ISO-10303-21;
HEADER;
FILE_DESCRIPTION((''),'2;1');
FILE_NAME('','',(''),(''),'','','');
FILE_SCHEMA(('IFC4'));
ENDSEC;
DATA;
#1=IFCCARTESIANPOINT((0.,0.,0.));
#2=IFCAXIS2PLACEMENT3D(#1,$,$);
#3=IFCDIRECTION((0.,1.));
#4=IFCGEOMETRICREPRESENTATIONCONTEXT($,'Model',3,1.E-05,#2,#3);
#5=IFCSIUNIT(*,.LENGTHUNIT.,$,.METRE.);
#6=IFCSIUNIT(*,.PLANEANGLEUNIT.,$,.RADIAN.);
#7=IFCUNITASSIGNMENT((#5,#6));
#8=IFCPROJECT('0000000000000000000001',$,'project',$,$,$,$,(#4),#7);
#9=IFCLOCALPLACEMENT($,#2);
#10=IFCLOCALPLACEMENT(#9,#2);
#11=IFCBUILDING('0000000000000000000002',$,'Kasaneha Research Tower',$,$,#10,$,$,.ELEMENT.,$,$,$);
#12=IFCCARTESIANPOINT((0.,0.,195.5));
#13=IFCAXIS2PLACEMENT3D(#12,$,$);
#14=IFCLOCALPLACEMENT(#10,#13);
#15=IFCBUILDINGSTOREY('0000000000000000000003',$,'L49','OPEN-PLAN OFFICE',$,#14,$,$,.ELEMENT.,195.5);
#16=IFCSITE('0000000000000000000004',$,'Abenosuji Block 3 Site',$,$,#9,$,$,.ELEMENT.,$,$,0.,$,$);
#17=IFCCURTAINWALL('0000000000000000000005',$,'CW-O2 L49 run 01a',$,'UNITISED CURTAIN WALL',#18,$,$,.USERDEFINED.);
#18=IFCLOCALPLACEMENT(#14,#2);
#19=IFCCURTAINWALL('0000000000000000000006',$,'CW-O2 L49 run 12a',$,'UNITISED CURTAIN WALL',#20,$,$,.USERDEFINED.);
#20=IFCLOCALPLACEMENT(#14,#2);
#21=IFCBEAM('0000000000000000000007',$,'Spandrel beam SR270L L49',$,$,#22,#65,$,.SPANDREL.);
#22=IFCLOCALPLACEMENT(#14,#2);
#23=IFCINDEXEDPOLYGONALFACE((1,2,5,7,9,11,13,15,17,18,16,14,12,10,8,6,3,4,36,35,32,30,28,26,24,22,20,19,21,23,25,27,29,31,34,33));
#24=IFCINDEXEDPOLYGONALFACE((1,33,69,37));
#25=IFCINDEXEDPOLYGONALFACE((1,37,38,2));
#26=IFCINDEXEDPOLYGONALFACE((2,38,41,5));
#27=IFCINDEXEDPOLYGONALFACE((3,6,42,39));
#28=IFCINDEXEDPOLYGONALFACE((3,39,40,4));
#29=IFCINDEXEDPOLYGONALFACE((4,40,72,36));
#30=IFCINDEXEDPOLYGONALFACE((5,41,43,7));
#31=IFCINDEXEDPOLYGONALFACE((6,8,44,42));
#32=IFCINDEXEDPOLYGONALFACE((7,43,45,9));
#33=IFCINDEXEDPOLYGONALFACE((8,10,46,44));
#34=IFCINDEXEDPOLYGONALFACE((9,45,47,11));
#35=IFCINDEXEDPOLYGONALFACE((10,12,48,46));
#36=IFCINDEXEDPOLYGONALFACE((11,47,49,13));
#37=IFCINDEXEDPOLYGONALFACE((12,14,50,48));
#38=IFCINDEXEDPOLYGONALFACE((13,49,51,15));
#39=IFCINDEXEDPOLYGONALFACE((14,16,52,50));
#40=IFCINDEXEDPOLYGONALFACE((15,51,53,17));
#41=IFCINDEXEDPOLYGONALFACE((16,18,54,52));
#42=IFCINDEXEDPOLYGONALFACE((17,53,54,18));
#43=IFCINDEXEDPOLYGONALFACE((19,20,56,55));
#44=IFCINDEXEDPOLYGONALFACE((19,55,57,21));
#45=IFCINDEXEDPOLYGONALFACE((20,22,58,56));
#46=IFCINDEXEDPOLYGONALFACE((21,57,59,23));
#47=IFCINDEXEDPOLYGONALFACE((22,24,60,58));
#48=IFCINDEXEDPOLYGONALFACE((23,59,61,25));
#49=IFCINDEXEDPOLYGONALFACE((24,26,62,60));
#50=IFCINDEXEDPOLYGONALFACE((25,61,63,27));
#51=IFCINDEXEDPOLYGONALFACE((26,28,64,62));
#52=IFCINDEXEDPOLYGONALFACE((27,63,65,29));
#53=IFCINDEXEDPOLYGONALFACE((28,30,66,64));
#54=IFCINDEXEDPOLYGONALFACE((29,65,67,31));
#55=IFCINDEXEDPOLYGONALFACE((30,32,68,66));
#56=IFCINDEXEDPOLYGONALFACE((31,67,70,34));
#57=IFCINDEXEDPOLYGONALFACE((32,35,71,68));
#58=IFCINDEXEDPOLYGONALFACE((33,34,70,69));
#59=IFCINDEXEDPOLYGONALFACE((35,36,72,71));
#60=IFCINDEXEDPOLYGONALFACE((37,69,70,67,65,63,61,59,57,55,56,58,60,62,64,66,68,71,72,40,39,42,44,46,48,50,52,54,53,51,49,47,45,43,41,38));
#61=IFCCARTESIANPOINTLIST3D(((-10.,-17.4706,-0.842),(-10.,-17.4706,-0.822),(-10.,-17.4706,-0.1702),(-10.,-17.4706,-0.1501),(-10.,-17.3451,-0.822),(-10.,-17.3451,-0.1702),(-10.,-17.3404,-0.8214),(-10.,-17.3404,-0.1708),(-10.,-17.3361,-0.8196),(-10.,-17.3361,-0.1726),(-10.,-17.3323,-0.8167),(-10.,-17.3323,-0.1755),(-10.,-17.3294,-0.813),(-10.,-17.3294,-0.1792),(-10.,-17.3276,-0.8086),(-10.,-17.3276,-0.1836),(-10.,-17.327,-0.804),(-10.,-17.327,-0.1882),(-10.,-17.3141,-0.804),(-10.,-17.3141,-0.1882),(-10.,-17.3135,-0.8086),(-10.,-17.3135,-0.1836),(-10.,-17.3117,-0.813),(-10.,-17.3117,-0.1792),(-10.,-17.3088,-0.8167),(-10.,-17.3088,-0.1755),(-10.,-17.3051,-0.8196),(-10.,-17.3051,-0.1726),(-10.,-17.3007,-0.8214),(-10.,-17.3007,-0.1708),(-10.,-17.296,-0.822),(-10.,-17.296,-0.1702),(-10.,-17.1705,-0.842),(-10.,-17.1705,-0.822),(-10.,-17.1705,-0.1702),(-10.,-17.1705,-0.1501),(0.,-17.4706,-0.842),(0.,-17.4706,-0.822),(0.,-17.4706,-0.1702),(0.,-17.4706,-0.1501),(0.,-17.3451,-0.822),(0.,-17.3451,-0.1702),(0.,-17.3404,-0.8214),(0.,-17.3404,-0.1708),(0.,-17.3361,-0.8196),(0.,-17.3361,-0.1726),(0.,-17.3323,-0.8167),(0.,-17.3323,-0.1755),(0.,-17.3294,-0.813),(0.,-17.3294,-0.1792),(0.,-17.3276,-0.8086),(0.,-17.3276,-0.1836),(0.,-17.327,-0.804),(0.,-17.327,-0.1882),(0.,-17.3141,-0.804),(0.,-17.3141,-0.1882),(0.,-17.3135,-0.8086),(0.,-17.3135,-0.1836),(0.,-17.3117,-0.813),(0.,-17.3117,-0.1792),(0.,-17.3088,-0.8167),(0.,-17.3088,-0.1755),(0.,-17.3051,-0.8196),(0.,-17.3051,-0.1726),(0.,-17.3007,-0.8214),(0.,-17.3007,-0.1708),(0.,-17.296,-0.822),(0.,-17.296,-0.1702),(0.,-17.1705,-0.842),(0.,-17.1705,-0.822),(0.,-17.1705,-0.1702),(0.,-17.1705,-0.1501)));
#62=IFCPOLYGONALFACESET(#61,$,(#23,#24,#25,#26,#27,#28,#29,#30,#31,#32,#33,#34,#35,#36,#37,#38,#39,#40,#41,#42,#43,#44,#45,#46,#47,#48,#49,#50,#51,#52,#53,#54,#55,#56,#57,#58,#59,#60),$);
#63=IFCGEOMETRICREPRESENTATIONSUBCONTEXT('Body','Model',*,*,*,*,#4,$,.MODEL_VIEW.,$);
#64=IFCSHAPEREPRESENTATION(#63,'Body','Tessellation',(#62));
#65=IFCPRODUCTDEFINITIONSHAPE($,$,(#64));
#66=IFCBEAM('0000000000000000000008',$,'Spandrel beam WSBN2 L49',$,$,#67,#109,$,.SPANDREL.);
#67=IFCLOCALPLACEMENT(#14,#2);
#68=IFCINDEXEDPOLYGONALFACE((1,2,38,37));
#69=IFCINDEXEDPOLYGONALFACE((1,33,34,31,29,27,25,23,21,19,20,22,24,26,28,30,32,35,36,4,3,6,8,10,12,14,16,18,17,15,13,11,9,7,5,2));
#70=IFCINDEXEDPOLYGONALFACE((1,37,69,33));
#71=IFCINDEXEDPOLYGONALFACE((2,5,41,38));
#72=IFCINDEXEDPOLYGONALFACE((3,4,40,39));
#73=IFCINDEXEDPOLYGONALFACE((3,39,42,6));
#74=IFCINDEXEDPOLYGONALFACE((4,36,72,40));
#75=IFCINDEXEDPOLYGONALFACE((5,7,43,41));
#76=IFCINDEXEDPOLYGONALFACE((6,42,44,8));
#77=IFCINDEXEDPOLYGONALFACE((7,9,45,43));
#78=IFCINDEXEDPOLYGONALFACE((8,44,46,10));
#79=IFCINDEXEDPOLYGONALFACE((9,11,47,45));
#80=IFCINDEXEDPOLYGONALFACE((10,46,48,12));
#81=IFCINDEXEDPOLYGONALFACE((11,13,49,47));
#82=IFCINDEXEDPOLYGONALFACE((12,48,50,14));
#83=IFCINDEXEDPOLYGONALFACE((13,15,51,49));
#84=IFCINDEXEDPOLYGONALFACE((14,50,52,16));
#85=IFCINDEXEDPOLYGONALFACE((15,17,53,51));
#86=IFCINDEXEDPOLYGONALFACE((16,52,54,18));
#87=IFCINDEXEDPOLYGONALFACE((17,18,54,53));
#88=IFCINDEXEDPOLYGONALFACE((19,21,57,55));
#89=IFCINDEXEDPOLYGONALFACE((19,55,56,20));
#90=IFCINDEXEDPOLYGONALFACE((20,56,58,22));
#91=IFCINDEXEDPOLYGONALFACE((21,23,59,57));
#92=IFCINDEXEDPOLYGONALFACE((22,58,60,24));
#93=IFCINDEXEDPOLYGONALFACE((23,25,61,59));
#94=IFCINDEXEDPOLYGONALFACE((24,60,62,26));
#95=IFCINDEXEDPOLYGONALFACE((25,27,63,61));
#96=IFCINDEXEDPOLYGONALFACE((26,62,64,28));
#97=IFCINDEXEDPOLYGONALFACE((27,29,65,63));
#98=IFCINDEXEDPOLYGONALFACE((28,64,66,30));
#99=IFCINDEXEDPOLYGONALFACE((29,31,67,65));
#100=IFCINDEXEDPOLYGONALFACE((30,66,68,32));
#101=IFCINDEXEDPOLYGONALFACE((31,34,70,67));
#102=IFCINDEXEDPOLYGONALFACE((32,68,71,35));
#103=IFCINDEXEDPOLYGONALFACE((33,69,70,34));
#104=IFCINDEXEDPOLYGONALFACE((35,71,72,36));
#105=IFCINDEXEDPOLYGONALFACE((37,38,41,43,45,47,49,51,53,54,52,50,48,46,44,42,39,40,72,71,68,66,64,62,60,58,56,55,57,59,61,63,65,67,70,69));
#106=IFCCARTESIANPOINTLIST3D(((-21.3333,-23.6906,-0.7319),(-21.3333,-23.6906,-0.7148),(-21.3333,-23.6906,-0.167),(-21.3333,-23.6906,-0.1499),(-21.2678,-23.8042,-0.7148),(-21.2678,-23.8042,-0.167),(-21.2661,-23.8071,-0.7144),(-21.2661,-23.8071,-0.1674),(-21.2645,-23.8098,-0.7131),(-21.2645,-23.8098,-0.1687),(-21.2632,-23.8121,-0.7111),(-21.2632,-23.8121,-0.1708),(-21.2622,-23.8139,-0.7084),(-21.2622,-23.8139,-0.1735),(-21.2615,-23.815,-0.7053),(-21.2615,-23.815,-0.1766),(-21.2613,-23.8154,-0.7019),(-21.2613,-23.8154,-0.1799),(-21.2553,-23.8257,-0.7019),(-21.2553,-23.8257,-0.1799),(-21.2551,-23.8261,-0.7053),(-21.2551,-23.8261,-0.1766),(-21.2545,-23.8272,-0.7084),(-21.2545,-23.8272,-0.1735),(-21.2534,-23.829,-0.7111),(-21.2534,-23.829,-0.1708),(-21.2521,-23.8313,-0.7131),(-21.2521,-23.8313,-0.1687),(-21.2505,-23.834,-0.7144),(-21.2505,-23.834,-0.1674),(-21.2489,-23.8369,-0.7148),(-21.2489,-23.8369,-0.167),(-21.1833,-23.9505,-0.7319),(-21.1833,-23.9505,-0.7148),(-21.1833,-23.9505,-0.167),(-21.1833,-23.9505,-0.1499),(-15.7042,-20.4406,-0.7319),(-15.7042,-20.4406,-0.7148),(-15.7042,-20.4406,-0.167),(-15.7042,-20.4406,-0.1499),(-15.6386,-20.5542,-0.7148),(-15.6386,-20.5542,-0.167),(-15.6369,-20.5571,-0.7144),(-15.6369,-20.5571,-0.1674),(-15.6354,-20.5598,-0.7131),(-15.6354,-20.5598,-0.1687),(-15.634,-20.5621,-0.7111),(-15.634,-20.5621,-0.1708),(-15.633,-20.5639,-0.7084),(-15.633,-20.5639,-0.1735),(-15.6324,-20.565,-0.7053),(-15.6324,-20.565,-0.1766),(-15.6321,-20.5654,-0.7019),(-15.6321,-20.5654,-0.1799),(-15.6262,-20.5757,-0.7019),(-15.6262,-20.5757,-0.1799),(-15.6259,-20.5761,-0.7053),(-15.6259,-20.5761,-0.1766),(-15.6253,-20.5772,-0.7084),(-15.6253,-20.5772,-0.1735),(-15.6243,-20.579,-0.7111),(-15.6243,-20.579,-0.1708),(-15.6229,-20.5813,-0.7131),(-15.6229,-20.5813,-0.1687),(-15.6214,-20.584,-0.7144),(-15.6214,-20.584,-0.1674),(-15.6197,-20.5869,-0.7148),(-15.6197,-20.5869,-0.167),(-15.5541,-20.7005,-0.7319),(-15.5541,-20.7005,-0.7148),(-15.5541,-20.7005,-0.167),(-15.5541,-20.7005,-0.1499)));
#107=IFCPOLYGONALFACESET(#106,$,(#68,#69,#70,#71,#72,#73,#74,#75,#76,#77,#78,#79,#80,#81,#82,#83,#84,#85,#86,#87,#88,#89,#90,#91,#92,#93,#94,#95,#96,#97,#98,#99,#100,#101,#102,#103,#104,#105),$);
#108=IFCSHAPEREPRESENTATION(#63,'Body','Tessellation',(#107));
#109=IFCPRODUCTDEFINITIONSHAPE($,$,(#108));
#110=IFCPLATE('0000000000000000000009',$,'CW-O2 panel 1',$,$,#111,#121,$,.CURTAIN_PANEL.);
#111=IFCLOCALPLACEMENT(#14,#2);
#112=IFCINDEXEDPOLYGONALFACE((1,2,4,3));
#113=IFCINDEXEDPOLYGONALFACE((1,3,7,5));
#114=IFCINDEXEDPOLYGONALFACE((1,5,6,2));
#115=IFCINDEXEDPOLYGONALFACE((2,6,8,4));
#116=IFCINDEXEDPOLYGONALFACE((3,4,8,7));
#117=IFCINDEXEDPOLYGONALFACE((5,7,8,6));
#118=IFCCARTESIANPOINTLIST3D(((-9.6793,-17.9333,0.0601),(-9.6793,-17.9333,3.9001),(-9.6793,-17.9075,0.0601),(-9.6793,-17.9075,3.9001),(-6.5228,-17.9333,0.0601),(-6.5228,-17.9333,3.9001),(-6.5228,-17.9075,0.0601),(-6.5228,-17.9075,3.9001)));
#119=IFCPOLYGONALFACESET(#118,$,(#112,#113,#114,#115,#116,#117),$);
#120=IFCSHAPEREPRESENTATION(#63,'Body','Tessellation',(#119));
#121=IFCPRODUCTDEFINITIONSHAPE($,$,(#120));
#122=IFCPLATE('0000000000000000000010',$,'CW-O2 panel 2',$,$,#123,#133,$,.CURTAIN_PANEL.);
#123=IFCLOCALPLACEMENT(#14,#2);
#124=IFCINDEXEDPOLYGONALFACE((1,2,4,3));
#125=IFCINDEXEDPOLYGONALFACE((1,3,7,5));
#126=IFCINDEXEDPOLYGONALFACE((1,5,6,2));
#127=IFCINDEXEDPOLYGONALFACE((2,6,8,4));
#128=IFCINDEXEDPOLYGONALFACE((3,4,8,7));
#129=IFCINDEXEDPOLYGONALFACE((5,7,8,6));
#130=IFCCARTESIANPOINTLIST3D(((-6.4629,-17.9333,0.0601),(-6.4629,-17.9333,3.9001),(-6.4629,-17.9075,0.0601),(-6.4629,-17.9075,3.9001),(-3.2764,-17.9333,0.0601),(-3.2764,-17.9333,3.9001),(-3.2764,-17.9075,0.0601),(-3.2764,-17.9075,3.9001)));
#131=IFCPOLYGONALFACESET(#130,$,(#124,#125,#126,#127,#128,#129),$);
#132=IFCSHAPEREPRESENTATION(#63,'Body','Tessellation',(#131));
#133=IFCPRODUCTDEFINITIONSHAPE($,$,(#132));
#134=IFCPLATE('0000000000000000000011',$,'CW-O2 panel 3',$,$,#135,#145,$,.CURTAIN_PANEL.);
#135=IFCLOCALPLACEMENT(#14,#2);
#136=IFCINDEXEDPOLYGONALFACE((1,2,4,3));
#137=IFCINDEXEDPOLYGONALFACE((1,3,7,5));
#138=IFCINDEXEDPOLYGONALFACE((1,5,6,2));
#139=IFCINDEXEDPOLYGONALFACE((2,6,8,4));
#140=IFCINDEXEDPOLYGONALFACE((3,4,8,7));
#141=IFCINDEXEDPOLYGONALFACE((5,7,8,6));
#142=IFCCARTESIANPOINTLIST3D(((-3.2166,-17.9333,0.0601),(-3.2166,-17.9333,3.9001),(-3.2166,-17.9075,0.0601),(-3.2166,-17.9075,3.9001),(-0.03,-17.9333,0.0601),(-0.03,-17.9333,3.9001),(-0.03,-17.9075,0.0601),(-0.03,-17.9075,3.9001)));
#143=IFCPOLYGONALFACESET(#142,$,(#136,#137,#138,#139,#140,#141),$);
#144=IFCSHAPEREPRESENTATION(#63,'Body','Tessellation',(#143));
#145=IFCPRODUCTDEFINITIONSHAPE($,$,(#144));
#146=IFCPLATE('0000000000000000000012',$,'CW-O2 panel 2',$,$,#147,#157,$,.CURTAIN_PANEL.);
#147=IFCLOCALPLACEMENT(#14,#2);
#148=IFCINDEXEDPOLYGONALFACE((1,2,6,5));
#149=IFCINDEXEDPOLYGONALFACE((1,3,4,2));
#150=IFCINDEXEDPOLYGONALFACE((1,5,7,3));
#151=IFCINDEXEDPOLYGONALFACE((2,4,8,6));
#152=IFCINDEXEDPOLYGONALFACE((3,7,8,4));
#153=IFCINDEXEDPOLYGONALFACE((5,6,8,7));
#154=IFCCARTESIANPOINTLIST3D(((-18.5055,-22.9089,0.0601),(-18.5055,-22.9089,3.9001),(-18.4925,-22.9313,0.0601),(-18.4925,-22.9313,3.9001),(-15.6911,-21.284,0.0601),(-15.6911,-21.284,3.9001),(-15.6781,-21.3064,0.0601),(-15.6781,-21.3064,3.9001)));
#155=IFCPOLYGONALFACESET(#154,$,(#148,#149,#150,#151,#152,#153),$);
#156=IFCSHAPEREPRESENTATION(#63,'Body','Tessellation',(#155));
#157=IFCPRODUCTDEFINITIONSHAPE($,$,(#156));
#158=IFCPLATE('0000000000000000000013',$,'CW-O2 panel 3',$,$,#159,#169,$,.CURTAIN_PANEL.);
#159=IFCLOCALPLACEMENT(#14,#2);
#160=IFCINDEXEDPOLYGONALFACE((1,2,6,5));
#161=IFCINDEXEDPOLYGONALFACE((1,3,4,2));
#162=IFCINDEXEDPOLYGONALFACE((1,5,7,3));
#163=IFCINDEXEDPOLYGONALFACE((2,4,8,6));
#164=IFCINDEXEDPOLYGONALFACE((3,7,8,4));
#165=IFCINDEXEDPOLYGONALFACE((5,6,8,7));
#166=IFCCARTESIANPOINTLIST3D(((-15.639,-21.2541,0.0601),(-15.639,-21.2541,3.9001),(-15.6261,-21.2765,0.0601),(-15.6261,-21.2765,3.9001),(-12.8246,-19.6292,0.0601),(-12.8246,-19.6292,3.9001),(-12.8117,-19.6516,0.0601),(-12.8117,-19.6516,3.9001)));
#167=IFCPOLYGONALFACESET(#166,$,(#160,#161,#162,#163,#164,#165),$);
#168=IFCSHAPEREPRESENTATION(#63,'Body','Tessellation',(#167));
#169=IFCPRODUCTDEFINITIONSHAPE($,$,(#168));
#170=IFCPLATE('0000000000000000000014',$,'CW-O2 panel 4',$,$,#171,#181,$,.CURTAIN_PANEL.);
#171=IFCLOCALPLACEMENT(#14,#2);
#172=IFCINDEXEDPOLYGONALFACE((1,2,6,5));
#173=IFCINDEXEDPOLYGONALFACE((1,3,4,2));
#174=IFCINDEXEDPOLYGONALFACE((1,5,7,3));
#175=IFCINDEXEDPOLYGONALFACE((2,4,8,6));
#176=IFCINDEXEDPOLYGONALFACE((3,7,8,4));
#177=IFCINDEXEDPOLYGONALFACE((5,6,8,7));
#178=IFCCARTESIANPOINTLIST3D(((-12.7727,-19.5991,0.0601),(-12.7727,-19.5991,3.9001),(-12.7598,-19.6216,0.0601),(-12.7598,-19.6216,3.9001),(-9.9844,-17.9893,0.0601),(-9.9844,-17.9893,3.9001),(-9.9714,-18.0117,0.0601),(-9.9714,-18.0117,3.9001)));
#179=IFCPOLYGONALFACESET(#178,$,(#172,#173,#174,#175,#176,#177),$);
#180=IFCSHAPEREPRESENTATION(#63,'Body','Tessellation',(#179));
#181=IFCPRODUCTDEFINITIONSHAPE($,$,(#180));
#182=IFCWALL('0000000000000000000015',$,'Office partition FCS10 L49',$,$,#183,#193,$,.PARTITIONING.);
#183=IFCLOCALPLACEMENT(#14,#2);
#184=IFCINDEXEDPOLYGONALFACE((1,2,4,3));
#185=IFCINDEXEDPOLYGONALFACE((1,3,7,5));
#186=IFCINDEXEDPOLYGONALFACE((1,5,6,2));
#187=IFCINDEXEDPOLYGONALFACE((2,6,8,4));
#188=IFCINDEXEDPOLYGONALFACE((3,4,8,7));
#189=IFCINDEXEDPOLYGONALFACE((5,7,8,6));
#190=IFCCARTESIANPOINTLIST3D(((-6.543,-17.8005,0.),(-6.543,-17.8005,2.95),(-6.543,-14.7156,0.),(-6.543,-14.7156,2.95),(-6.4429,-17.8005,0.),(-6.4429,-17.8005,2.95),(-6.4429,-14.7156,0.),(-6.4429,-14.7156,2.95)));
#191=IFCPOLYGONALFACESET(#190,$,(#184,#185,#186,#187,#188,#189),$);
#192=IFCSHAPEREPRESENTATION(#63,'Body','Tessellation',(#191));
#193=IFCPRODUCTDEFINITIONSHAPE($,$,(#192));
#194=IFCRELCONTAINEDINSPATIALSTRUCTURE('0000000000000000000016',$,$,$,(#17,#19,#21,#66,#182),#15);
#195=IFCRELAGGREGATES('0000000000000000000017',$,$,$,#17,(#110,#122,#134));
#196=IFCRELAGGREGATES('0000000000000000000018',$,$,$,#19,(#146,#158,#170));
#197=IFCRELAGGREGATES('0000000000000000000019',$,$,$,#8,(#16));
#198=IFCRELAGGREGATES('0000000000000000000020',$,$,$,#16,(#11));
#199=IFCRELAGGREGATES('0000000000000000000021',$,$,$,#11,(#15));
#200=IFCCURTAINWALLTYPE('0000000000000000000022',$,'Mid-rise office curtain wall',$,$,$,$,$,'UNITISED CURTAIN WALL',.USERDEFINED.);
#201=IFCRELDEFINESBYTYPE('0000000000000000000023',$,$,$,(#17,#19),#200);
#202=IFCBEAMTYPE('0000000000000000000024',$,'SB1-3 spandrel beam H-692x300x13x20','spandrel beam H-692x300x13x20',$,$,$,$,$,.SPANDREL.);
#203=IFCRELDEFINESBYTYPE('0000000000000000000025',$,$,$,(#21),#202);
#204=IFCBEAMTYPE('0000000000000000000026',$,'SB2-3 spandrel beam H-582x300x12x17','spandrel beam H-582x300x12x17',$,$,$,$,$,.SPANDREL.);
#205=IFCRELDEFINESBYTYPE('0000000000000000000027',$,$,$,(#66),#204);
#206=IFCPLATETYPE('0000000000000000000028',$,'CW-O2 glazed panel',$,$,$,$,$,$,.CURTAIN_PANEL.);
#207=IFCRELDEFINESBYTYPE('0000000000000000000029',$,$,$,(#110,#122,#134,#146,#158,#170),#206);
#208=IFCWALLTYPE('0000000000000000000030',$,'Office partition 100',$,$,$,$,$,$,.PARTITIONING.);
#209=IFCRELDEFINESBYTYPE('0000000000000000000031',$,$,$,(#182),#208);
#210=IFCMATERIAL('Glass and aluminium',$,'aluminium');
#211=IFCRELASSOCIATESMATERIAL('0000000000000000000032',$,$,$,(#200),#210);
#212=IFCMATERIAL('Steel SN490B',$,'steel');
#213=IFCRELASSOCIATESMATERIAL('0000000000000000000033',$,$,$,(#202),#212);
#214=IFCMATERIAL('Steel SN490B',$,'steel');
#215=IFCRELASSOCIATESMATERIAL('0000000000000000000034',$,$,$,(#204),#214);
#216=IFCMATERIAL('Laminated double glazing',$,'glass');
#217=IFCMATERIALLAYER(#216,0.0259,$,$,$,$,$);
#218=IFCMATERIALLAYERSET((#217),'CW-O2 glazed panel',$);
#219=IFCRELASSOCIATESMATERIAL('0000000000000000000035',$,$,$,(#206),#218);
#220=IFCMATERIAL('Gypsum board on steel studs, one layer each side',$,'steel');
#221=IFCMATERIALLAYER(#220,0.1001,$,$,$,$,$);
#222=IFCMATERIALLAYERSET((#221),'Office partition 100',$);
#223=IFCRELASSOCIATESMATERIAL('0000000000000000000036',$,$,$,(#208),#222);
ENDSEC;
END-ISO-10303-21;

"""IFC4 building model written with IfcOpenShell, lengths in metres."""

from ifc_helpers import new_model, si_unit, direction, frame, frame_2d, origin, origin_2d, place, context, subcontext, project, spatial, rectangle, i_section, extrude, material, layer, layer_set, material_profile, profile_set, type_object, element, aggregate, save


model = new_model("IFC4")

# Units and contexts
model_context = context("Model", 3, precision=1e-05, world=origin(), true_north=direction((0.0, 1.0)))
body_context = subcontext(model_context, "Body", "Model", "MODEL_VIEW")
ifc_project = project(units=[si_unit("LENGTHUNIT", "METRE"), si_unit("PLANEANGLEUNIT", "RADIAN")], contexts=[model_context])

# Site, building, storey
site_placement = place(None, origin())
site = spatial("IfcSite", under=ifc_project, at=site_placement, Name="Abenosuji Block 3 Site", CompositionType="ELEMENT", RefElevation=0.0)
building_placement = place(site_placement, origin())
building = spatial("IfcBuilding", under=site, at=building_placement, Name="Kasaneha Research Tower", CompositionType="ELEMENT")
storey_placement = place(building_placement, frame((0.0, 0.0, 195.5)))
storey = spatial("IfcBuildingStorey", under=building, at=storey_placement, Name="L49", Description="OPEN-PLAN OFFICE", CompositionType="ELEMENT", Elevation=195.5)

# Curtain walls
ifc_material_1 = material(Name="Glass and aluminium", Category="aluminium")
curtain_wall_type = type_object("IfcCurtainWallType", Name="Mid-rise office curtain wall", ElementType="UNITISED CURTAIN WALL", PredefinedType="USERDEFINED", material=ifc_material_1)
curtain_wall_1_placement = place(storey_placement, origin())
curtain_wall_1 = element("IfcCurtainWall", 1, at=curtain_wall_1_placement, inside=storey, type_object=curtain_wall_type, Name="CW-O2 L49 run 01a", ObjectType="UNITISED CURTAIN WALL", PredefinedType="USERDEFINED")
curtain_wall_2_placement = place(storey_placement, origin())
curtain_wall_2 = element("IfcCurtainWall", 2, at=curtain_wall_2_placement, inside=storey, type_object=curtain_wall_type, Name="CW-O2 L49 run 12a", ObjectType="UNITISED CURTAIN WALL", PredefinedType="USERDEFINED")

# Beams
ifc_material_2 = material(Name="Steel SN490B", Category="steel")
ifc_material_profile_1 = material_profile(ifc_material_2, i_section(OverallWidth=0.3, OverallDepth=0.6919, WebThickness=0.0129, FlangeThickness=0.02, FilletRadius=0.0181, at=origin_2d()), Name="H-692x300x13x20")
ifc_profile_set_1 = profile_set([ifc_material_profile_1], Name="Steel SN490B")
beam_type_1 = type_object("IfcBeamType", Name="SB1-3 spandrel beam H-692x300x13x20", Description="spandrel beam H-692x300x13x20", PredefinedType="SPANDREL", material=ifc_profile_set_1)
beam_1_placement = place(storey_placement, frame((-10.0, -17.3206, -0.4961), z_axis=(1.0, 0.0, 0.0), x_axis=(0.0, 1.0, 0.0)))
element("IfcBeam", 3, at=beam_1_placement, inside=storey, type_object=beam_type_1, Name="Spandrel beam SR270L L49", PredefinedType="SPANDREL", context=body_context, shape_type="SweptSolid", body=[
    extrude(i_section(OverallWidth=0.3, OverallDepth=0.6919, WebThickness=0.0129, FlangeThickness=0.02, FilletRadius=0.0181, at=origin_2d()), origin(), (0.0, 0.0, 1.0), 10.0),
])
ifc_material_3 = material(Name="Steel SN490B", Category="steel")
ifc_material_profile_2 = material_profile(ifc_material_3, i_section(OverallWidth=0.3, OverallDepth=0.582, WebThickness=0.012, FlangeThickness=0.0171, FilletRadius=0.0129, at=origin_2d()), Name="H-582x300x12x17")
ifc_profile_set_2 = profile_set([ifc_material_profile_2], Name="Steel SN490B")
beam_type_2 = type_object("IfcBeamType", Name="SB2-3 spandrel beam H-582x300x12x17", Description="spandrel beam H-582x300x12x17", PredefinedType="SPANDREL", material=ifc_profile_set_2)
beam_2_placement = place(storey_placement, frame((-15.6292, -20.5706, -0.4409), z_axis=(-0.866025, -0.500001, 0.0), x_axis=(0.500001, -0.866025, 0.0)))
element("IfcBeam", 4, at=beam_2_placement, inside=storey, type_object=beam_type_2, Name="Spandrel beam WSBN2 L49", PredefinedType="SPANDREL", context=body_context, shape_type="SweptSolid", body=[
    extrude(i_section(OverallWidth=0.3, OverallDepth=0.582, WebThickness=0.012, FlangeThickness=0.0171, FilletRadius=0.0129, at=origin_2d()), origin(), (0.0, 0.0, 1.0), 6.5),
])

# Plates
ifc_material_4 = material(Name="Laminated double glazing", Category="glass")
ifc_layer_1 = layer(ifc_material_4, 0.0259)
ifc_layer_set_1 = layer_set([ifc_layer_1], Name="CW-O2 glazed panel")
plate_type = type_object("IfcPlateType", Name="CW-O2 glazed panel", PredefinedType="CURTAIN_PANEL", material=ifc_layer_set_1)
plate_1_placement = place(storey_placement, frame((-8.1011, -17.9204, 0.0601), z_axis=(0.0, 0.0, 1.0), x_axis=(1.0, 0.0, 0.0)))
plate_1 = element("IfcPlate", 5, at=plate_1_placement, type_object=plate_type, Name="CW-O2 panel 1", PredefinedType="CURTAIN_PANEL", context=body_context, shape_type="SweptSolid", body=[
    extrude(rectangle(XDim=3.1565, YDim=0.0259, at=origin_2d()), origin(), (0.0, 0.0, 1.0), 3.8401),
])
plate_2_placement = place(storey_placement, frame((-4.8696, -17.9204, 0.0601), z_axis=(0.0, 0.0, 1.0), x_axis=(1.0, 0.0, 0.0)))
plate_2 = element("IfcPlate", 6, at=plate_2_placement, type_object=plate_type, Name="CW-O2 panel 2", PredefinedType="CURTAIN_PANEL", context=body_context, shape_type="SweptSolid", body=[
    extrude(rectangle(XDim=3.1865, YDim=0.0259, at=origin_2d()), origin(), (0.0, 0.0, 1.0), 3.8401),
])
plate_3_placement = place(storey_placement, frame((-1.6233, -17.9204, 0.0601), z_axis=(0.0, 0.0, 1.0), x_axis=(1.0, 0.0, 0.0)))
plate_3 = element("IfcPlate", 7, at=plate_3_placement, type_object=plate_type, Name="CW-O2 panel 3", PredefinedType="CURTAIN_PANEL", context=body_context, shape_type="SweptSolid", body=[
    extrude(rectangle(XDim=3.1865, YDim=0.0259, at=origin_2d()), origin(), (0.0, 0.0, 1.0), 3.8401),
])
aggregate(curtain_wall_1, [plate_1, plate_2, plate_3])
plate_4_placement = place(storey_placement, frame((-17.0918, -22.1077, 0.0601), z_axis=(0.0, 0.0, 1.0), x_axis=(0.866025, 0.5, 0.0)))
plate_4 = element("IfcPlate", 8, at=plate_4_placement, type_object=plate_type, Name="CW-O2 panel 2", PredefinedType="CURTAIN_PANEL", context=body_context, shape_type="SweptSolid", body=[
    extrude(rectangle(XDim=3.2498, YDim=0.0259, at=origin_2d()), origin(), (0.0, 0.0, 1.0), 3.8401),
])
plate_5_placement = place(storey_placement, frame((-14.2253, -20.4529, 0.0601), z_axis=(0.0, 0.0, 1.0), x_axis=(0.866025, 0.5, 0.0)))
plate_5 = element("IfcPlate", 9, at=plate_5_placement, type_object=plate_type, Name="CW-O2 panel 3", PredefinedType="CURTAIN_PANEL", context=body_context, shape_type="SweptSolid", body=[
    extrude(rectangle(XDim=3.2498, YDim=0.0259, at=origin_2d()), origin(), (0.0, 0.0, 1.0), 3.8401),
])
plate_6_placement = place(storey_placement, frame((-11.3721, -18.8054, 0.0601), z_axis=(0.0, 0.0, 1.0), x_axis=(0.866025, 0.5, 0.0)))
plate_6 = element("IfcPlate", 10, at=plate_6_placement, type_object=plate_type, Name="CW-O2 panel 4", PredefinedType="CURTAIN_PANEL", context=body_context, shape_type="SweptSolid", body=[
    extrude(rectangle(XDim=3.2197, YDim=0.0259, at=origin_2d()), origin(), (0.0, 0.0, 1.0), 3.8401),
])
aggregate(curtain_wall_2, [plate_4, plate_5, plate_6])

# Wall
ifc_material_5 = material(Name="Gypsum board on steel studs, one layer each side", Category="steel")
ifc_layer_2 = layer(ifc_material_5, 0.1001)
ifc_layer_set_2 = layer_set([ifc_layer_2], Name="Office partition 100")
wall_type = type_object("IfcWallType", Name="Office partition 100", PredefinedType="PARTITIONING", material=ifc_layer_set_2)
wall_placement = place(storey_placement, frame((-6.4929, -17.8005, 0.0), z_axis=(0.0, 0.0, 1.0), x_axis=(0.0, 1.0, 0.0)))
element("IfcWall", 11, at=wall_placement, inside=storey, type_object=wall_type, Name="Office partition FCS10 L49", PredefinedType="PARTITIONING", context=body_context, shape_type="SweptSolid", body=[
    extrude(rectangle(XDim=3.085, YDim=0.1001, at=frame_2d((1.5425, 0.0))), origin(), (0.0, 0.0, 1.0), 2.95),
])

save(model, "model.ifc")
